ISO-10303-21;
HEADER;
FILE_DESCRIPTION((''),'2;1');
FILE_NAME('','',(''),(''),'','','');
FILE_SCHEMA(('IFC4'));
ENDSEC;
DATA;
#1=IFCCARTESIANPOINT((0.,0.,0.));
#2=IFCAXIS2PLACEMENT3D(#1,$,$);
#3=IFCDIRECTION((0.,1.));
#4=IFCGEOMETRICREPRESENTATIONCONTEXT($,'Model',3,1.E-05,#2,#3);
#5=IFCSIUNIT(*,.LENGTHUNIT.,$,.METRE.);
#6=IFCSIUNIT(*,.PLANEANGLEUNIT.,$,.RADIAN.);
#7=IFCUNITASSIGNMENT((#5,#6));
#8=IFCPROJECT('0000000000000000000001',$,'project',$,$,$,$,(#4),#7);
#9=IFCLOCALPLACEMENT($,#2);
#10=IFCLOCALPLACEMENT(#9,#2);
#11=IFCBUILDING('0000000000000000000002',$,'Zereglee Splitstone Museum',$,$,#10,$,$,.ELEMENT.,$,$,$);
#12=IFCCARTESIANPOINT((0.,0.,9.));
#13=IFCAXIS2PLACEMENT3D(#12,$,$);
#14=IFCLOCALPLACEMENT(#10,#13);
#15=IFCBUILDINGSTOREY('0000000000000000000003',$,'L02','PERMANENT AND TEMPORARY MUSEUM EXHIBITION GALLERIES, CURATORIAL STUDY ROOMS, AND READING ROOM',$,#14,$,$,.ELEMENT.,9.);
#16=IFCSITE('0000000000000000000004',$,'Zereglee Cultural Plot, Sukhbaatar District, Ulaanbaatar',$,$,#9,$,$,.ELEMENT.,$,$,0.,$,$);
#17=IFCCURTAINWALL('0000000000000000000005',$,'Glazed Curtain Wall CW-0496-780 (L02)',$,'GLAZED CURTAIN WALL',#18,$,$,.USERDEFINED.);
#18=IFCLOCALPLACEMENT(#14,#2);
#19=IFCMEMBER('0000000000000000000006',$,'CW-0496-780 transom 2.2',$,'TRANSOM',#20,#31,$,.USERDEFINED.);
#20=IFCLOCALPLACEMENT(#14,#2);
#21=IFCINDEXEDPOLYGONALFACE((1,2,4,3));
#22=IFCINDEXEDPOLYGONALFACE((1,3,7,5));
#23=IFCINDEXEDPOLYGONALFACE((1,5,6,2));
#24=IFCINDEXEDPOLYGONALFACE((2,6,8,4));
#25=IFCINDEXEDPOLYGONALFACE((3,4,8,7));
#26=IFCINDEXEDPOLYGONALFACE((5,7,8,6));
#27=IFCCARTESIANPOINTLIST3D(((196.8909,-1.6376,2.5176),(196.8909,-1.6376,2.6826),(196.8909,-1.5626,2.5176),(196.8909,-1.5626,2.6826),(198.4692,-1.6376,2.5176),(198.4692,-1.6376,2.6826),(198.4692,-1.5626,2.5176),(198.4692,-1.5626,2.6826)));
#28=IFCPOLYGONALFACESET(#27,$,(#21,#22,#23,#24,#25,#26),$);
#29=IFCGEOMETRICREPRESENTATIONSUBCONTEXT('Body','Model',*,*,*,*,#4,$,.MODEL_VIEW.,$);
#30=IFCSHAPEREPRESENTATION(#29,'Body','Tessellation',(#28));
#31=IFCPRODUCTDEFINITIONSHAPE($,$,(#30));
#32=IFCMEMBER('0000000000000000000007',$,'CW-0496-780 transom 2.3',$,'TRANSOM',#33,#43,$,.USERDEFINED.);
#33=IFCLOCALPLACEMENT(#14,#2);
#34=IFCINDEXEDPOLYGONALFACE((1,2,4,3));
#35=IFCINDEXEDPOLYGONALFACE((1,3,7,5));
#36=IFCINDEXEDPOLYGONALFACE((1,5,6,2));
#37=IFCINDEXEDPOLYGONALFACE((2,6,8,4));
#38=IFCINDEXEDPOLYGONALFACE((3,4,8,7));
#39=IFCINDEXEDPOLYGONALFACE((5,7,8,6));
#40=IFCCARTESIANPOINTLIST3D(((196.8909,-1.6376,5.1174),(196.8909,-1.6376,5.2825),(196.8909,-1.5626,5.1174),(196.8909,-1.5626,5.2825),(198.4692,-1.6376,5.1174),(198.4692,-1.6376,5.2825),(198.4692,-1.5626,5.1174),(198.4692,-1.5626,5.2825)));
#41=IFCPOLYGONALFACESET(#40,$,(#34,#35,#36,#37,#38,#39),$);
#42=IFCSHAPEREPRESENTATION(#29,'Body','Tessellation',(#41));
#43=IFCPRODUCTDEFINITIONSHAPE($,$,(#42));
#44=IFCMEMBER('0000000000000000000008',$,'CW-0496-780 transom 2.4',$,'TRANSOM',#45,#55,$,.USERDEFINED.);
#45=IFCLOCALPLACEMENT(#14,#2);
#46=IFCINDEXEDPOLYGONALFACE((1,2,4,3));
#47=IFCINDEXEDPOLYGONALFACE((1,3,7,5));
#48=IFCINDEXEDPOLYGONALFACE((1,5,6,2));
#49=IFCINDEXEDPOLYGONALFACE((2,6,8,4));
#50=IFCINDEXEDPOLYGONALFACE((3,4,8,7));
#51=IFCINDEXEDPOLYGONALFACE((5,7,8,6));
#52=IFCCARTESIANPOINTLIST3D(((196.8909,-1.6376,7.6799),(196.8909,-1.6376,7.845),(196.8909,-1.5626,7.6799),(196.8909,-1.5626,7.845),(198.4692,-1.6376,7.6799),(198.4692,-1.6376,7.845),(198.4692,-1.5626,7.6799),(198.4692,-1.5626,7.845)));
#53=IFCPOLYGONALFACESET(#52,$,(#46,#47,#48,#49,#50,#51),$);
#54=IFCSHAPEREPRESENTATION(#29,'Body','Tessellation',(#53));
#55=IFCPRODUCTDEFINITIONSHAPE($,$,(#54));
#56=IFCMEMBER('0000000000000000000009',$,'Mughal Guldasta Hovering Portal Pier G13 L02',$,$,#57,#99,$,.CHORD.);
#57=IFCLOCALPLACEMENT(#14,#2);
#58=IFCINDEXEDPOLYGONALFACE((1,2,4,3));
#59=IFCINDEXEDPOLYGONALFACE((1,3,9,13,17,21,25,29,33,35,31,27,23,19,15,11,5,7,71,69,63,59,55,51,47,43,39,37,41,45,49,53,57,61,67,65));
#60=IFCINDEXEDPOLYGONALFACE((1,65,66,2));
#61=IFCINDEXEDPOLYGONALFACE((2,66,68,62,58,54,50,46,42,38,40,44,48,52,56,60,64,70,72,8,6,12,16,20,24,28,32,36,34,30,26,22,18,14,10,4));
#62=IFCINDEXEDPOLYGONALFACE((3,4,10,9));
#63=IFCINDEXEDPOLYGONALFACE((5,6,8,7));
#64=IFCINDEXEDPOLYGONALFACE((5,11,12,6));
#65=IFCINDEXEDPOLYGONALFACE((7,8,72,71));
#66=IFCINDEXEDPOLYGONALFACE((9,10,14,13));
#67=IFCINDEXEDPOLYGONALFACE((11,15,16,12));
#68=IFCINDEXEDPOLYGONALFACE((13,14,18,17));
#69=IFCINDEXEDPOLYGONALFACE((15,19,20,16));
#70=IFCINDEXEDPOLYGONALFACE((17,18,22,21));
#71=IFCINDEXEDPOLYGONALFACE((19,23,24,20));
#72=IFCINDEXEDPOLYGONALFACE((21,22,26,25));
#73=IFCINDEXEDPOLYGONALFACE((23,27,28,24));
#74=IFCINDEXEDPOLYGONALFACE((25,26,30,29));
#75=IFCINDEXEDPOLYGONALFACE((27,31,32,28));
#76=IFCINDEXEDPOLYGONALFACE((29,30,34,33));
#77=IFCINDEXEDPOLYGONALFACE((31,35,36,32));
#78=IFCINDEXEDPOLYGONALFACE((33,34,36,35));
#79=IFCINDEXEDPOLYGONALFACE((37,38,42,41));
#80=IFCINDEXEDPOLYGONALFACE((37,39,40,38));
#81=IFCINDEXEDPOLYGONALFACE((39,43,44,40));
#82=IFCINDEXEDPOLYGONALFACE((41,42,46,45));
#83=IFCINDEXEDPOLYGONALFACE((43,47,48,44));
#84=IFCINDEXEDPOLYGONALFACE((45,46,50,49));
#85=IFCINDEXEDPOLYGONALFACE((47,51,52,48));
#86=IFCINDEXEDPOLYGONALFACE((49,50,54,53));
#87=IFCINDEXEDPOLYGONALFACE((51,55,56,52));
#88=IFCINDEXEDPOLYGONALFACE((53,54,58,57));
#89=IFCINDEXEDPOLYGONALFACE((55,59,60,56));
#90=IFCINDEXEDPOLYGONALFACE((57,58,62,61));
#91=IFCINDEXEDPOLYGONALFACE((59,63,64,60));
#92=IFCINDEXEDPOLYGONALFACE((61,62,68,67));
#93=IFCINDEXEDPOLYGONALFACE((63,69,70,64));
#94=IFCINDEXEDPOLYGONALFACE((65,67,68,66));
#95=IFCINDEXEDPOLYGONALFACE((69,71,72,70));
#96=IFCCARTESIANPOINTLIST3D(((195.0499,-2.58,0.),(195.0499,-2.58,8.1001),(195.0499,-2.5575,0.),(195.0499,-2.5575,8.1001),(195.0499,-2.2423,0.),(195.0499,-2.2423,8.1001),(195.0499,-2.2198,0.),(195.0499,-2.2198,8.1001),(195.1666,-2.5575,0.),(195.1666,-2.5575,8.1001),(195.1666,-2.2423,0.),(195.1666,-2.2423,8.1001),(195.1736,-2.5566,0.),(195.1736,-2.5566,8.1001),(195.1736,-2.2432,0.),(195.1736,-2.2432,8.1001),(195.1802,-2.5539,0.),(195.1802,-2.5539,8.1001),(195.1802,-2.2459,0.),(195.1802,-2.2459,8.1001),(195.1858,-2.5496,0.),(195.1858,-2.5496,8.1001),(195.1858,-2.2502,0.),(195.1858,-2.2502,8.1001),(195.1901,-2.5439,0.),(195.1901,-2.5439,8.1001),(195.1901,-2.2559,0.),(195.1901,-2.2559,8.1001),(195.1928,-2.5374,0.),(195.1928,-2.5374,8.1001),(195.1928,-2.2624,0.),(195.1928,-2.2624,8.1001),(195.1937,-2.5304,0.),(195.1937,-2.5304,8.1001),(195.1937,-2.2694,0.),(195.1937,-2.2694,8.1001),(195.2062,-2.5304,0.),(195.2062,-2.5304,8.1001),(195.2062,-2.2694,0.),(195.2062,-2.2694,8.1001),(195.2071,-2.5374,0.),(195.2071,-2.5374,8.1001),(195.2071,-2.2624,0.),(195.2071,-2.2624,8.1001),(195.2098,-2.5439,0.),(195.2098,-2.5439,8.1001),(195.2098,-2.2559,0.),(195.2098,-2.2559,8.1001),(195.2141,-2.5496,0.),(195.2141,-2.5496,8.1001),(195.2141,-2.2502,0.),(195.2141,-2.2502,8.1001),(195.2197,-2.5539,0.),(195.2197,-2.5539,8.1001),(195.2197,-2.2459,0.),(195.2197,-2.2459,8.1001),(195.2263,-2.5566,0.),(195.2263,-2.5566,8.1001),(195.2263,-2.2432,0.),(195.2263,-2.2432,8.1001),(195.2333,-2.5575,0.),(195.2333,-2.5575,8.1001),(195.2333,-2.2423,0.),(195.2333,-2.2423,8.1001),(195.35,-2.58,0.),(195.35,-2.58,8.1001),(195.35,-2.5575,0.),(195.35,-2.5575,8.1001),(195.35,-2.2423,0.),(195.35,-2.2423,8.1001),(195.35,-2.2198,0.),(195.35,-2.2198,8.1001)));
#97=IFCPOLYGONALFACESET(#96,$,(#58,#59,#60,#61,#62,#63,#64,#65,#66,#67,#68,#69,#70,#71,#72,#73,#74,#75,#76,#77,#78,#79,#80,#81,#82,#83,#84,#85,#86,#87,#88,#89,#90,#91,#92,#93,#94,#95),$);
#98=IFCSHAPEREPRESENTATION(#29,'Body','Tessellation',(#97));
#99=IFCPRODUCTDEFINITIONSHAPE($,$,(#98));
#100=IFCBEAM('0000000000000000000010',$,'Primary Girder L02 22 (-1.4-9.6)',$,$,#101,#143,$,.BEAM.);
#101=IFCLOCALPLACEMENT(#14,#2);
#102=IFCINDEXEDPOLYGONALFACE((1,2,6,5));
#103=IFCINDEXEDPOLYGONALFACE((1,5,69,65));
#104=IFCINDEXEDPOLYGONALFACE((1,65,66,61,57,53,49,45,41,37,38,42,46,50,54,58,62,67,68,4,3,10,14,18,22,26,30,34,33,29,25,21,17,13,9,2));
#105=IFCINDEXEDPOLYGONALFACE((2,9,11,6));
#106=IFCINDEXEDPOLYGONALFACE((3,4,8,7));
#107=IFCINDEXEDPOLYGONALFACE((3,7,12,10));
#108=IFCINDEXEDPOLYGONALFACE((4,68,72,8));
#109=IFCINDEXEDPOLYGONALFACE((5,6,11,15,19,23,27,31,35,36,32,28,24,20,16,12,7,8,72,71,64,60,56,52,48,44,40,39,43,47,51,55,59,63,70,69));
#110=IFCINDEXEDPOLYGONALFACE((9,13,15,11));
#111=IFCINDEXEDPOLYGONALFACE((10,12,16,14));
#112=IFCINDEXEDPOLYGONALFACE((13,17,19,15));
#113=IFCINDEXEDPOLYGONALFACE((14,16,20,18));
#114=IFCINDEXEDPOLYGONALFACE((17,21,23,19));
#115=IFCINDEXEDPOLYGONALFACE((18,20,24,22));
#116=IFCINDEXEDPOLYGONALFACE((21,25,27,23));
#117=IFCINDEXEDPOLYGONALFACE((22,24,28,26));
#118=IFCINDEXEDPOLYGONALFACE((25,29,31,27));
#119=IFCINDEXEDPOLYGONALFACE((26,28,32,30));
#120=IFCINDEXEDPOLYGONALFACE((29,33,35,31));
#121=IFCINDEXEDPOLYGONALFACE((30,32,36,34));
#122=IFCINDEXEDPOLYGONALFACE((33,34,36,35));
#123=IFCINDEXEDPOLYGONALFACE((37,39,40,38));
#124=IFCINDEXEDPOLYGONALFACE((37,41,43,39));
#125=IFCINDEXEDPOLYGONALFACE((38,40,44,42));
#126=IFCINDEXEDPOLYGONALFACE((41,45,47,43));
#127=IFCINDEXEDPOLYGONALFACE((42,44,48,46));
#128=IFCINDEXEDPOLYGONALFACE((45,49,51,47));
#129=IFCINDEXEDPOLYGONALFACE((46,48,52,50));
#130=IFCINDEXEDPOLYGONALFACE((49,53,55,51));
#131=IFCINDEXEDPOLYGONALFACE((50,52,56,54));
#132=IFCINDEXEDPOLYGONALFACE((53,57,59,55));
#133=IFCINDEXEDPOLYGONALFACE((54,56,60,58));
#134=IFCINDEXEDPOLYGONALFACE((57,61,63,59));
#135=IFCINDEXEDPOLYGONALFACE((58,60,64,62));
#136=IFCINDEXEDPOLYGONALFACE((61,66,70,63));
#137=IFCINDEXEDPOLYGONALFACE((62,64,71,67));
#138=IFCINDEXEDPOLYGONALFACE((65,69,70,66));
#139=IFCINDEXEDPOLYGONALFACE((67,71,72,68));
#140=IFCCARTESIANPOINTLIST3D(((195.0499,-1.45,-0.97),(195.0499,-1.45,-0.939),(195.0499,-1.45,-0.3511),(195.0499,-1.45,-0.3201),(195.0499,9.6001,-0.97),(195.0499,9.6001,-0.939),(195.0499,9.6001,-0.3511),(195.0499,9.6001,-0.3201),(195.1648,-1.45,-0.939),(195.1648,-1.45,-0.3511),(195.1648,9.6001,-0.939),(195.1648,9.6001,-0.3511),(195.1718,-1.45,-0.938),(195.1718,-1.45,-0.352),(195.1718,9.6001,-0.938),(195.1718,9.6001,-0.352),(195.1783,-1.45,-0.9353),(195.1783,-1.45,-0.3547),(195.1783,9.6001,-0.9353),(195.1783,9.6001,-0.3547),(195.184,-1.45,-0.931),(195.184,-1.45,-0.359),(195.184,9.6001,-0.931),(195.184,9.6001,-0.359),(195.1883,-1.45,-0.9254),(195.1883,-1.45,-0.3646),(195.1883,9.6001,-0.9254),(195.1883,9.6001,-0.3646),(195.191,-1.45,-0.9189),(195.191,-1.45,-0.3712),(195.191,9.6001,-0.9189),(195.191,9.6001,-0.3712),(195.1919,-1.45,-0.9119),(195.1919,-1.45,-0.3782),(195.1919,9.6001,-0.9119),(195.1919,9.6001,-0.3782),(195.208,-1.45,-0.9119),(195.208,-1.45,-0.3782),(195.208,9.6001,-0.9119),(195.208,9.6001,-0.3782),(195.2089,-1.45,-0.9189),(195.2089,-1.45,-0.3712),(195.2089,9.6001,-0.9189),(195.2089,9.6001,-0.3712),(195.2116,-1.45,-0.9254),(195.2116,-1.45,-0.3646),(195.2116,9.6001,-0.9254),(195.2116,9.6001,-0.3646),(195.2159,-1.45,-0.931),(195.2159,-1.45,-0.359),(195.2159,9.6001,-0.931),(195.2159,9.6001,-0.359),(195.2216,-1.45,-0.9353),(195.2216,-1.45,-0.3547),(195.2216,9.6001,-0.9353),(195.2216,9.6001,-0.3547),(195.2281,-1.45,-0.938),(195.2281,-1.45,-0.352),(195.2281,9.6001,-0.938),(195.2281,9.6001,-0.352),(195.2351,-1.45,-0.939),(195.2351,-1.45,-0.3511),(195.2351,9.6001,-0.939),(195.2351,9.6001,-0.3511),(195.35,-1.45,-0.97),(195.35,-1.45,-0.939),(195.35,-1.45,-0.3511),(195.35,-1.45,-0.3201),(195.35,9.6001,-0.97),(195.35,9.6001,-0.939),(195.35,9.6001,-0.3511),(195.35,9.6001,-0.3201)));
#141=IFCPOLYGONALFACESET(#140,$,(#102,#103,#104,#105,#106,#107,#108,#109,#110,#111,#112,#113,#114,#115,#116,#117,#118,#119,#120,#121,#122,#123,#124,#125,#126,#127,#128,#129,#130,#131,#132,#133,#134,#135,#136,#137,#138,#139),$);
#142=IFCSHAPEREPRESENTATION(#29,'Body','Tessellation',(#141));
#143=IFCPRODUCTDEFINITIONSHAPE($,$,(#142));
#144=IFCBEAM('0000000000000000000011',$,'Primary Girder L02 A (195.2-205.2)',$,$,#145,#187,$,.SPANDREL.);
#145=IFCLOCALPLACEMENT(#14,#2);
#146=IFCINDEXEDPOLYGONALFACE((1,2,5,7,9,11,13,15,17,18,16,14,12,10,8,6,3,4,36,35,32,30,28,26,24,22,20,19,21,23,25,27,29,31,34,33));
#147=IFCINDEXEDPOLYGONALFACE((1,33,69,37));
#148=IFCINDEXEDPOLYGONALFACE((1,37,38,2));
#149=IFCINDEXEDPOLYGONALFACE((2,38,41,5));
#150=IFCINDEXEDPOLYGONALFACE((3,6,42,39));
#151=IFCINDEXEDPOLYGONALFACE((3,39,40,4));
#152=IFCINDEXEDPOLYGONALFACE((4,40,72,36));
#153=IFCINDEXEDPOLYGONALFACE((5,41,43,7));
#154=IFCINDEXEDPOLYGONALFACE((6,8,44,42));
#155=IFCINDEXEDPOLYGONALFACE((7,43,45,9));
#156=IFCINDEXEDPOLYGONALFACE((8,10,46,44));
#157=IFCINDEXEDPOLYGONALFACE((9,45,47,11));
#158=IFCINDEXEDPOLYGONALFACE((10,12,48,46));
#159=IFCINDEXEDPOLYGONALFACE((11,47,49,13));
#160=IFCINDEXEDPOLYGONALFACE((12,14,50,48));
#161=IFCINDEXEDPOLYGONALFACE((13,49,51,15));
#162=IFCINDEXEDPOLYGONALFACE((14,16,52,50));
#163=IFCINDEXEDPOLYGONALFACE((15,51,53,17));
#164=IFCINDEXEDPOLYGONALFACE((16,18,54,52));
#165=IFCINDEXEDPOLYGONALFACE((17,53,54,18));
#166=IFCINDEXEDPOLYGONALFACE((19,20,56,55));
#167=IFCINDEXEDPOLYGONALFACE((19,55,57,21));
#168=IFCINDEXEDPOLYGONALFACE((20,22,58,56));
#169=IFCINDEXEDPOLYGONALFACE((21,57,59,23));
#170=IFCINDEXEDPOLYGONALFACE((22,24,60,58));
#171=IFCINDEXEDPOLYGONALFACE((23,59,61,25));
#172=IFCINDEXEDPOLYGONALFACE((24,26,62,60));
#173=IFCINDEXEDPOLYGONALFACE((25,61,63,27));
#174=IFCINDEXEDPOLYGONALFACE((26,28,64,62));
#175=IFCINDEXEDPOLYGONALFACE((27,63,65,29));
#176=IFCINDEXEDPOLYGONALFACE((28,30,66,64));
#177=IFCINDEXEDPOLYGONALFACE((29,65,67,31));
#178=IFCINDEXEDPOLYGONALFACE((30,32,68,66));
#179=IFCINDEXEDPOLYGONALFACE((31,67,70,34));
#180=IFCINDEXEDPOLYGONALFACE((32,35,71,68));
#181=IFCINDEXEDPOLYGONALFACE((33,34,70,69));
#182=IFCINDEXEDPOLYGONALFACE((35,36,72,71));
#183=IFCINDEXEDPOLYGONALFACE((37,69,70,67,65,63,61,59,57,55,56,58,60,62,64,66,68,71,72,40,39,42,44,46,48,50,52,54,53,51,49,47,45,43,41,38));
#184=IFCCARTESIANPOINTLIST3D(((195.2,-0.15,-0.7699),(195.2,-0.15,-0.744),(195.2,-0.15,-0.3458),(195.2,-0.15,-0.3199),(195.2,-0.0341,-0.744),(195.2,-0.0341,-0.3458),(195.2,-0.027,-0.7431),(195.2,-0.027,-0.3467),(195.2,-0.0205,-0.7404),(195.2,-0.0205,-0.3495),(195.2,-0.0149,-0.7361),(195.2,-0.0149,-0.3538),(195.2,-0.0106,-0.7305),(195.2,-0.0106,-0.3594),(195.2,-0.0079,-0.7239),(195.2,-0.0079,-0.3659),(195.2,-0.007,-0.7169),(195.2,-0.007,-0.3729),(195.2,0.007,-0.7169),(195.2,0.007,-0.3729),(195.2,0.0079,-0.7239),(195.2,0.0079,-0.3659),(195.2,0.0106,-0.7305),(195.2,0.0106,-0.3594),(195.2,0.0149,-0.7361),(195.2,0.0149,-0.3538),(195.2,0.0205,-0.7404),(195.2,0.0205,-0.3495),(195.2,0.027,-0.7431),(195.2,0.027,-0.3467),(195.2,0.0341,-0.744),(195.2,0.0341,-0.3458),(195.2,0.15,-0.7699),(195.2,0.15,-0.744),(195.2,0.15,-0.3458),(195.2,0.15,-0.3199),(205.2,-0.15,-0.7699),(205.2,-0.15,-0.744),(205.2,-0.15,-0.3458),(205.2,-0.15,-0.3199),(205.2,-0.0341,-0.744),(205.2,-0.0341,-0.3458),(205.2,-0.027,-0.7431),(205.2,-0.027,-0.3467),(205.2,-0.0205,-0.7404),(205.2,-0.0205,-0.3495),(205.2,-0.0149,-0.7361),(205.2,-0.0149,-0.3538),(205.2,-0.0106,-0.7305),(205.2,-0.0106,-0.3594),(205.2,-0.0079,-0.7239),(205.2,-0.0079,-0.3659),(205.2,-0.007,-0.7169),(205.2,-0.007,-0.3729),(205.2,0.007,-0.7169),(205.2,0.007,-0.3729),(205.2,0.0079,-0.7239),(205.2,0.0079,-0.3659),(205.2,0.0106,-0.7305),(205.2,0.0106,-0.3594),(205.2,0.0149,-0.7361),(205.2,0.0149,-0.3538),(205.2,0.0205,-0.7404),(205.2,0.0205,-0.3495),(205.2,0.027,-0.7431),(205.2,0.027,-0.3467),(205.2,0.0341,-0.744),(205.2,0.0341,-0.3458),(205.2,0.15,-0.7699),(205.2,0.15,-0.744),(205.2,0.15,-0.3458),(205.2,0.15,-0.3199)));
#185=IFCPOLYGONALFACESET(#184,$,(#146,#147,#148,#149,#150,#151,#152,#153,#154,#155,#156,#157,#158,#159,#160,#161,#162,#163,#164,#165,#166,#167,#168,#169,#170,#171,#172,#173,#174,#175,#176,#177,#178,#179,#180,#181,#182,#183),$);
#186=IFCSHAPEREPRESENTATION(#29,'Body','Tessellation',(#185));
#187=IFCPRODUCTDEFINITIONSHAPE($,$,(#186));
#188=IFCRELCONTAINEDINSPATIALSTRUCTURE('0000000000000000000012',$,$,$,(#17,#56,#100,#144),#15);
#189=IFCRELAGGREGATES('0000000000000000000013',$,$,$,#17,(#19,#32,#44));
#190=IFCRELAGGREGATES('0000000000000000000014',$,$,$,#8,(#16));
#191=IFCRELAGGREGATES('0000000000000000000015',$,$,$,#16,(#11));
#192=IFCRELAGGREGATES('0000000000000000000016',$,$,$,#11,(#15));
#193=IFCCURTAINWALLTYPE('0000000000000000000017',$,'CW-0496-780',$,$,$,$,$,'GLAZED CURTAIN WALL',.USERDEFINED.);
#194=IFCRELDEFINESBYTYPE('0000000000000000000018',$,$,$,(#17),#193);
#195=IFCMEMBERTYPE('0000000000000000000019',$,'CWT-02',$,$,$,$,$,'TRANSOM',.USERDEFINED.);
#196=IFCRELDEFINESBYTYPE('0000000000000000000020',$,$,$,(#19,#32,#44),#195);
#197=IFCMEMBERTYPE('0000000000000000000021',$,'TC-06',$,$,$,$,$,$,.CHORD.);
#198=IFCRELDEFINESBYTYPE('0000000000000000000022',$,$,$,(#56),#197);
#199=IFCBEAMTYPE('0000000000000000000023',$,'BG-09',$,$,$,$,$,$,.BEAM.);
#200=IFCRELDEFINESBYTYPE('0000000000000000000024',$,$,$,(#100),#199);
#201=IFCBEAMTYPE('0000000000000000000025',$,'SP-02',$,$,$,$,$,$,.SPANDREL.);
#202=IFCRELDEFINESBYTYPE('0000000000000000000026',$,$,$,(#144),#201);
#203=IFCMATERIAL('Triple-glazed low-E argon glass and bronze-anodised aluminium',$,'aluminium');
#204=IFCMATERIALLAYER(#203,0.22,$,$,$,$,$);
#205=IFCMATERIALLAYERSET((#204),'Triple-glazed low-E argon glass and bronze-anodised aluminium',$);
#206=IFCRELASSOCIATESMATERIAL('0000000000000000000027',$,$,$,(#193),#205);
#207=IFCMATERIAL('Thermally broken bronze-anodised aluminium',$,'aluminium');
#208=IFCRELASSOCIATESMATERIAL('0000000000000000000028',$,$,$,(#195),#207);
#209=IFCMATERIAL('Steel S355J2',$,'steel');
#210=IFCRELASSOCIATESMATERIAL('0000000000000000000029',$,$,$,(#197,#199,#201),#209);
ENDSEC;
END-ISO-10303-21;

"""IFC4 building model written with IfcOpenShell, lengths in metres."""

from ifc_helpers import new_model, si_unit, direction, frame, origin, origin_2d, place, context, subcontext, project, spatial, rectangle, i_section, extrude, material, layer, layer_set, material_profile, profile_set, type_object, element, aggregate, save


model = new_model("IFC4")

# Units and contexts
model_context = context("Model", 3, precision=1e-05, world=origin(), true_north=direction((0.0, 1.0)))
body_context = subcontext(model_context, "Body", "Model", "MODEL_VIEW")
ifc_project = project(units=[si_unit("LENGTHUNIT", "METRE"), si_unit("PLANEANGLEUNIT", "RADIAN")], contexts=[model_context])

# Site, building, storey
site_placement = place(None, origin())
site = spatial("IfcSite", under=ifc_project, at=site_placement, Name="Zereglee Cultural Plot, Sukhbaatar District, Ulaanbaatar", CompositionType="ELEMENT", RefElevation=0.0)
building_placement = place(site_placement, origin())
building = spatial("IfcBuilding", under=site, at=building_placement, Name="Zereglee Splitstone Museum", CompositionType="ELEMENT")
storey_placement = place(building_placement, frame((0.0, 0.0, 9.0)))
storey = spatial("IfcBuildingStorey", under=building, at=storey_placement, Name="L02", Description="PERMANENT AND TEMPORARY MUSEUM EXHIBITION GALLERIES, CURATORIAL STUDY ROOMS, AND READING ROOM", CompositionType="ELEMENT", Elevation=9.0)

# Shared definitions
ifc_material_1 = material(Name="Steel S355J2", Category="steel")

# Curtain wall, members
ifc_material_2 = material(Name="Triple-glazed low-E argon glass and bronze-anodised aluminium", Category="aluminium")
ifc_layer_1 = layer(ifc_material_2, 0.22)
ifc_layer_set_1 = layer_set([ifc_layer_1], Name="Triple-glazed low-E argon glass and bronze-anodised aluminium")
curtain_wall_type = type_object("IfcCurtainWallType", Name="CW-0496-780", ElementType="GLAZED CURTAIN WALL", PredefinedType="USERDEFINED", material=ifc_layer_set_1)
curtain_wall_placement = place(storey_placement, origin())
curtain_wall = element("IfcCurtainWall", 1, at=curtain_wall_placement, inside=storey, type_object=curtain_wall_type, Name="Glazed Curtain Wall CW-0496-780 (L02)", ObjectType="GLAZED CURTAIN WALL", PredefinedType="USERDEFINED")
ifc_material_3 = material(Name="Thermally broken bronze-anodised aluminium", Category="aluminium")
ifc_material_profile_1 = material_profile(ifc_material_3, rectangle(XDim=0.075, YDim=0.165, at=origin_2d()), Name="CW TRAN 75x165")
ifc_profile_set_1 = profile_set([ifc_material_profile_1], Name="Thermally broken bronze-anodised aluminium")
member_type_1 = type_object("IfcMemberType", Name="CWT-02", ElementType="TRANSOM", PredefinedType="USERDEFINED", material=ifc_profile_set_1)
member_1_placement = place(storey_placement, frame((196.8909, -1.6001, 2.6001), z_axis=(1.0, 0.0, 0.0), x_axis=(0.0, 1.0, 0.0)))
member_1 = element("IfcMember", 2, at=member_1_placement, type_object=member_type_1, Name="CW-0496-780 transom 2.2", ObjectType="TRANSOM", PredefinedType="USERDEFINED", context=body_context, shape_type="SweptSolid", body=[
    extrude(rectangle(XDim=0.075, YDim=0.165, at=origin_2d()), origin(), (0.0, 0.0, 1.0), 1.5784),
])
member_2_placement = place(storey_placement, frame((196.8909, -1.6001, 5.2), z_axis=(1.0, 0.0, 0.0), x_axis=(0.0, 1.0, 0.0)))
member_2 = element("IfcMember", 3, at=member_2_placement, type_object=member_type_1, Name="CW-0496-780 transom 2.3", ObjectType="TRANSOM", PredefinedType="USERDEFINED", context=body_context, shape_type="SweptSolid", body=[
    extrude(rectangle(XDim=0.075, YDim=0.165, at=origin_2d()), origin(), (0.0, 0.0, 1.0), 1.5784),
])
member_3_placement = place(storey_placement, frame((196.8909, -1.6001, 7.7625), z_axis=(1.0, 0.0, 0.0), x_axis=(0.0, 1.0, 0.0)))
member_3 = element("IfcMember", 4, at=member_3_placement, type_object=member_type_1, Name="CW-0496-780 transom 2.4", ObjectType="TRANSOM", PredefinedType="USERDEFINED", context=body_context, shape_type="SweptSolid", body=[
    extrude(rectangle(XDim=0.075, YDim=0.165, at=origin_2d()), origin(), (0.0, 0.0, 1.0), 1.5784),
])

# Member
ifc_material_profile_2 = material_profile(ifc_material_1, i_section(OverallWidth=0.3, OverallDepth=0.3601, WebThickness=0.0125, FlangeThickness=0.0225, FilletRadius=0.0271, at=origin_2d()), Name="HE 360 B")
ifc_profile_set_2 = profile_set([ifc_material_profile_2], Name="Steel S355J2")
member_type_2 = type_object("IfcMemberType", Name="TC-06", PredefinedType="CHORD", material=ifc_profile_set_2)
member_4_placement = place(storey_placement, frame((195.2, -2.3999, 0.0), z_axis=(0.0, 0.0, 1.0), x_axis=(1.0, 0.0, 0.0)))
element("IfcMember", 5, at=member_4_placement, inside=storey, type_object=member_type_2, Name="Mughal Guldasta Hovering Portal Pier G13 L02", PredefinedType="CHORD", context=body_context, shape_type="SweptSolid", body=[
    extrude(i_section(OverallWidth=0.3, OverallDepth=0.3601, WebThickness=0.0125, FlangeThickness=0.0225, FilletRadius=0.0271, at=origin_2d()), origin(), (0.0, 0.0, 1.0), 8.1001),
])

# Beams
ifc_material_profile_3 = material_profile(ifc_material_1, i_section(OverallWidth=0.3, OverallDepth=0.6499, WebThickness=0.0161, FlangeThickness=0.031, FilletRadius=0.0271, at=origin_2d()), Name="HE 650 B")
ifc_profile_set_3 = profile_set([ifc_material_profile_3], Name="Steel S355J2")
beam_type_1 = type_object("IfcBeamType", Name="BG-09", PredefinedType="BEAM", material=ifc_profile_set_3)
beam_placement = place(storey_placement, frame((195.2, -1.45, -0.645), z_axis=(0.0, 1.0, 0.0), x_axis=(-1.0, 0.0, 0.0)))
element("IfcBeam", 6, at=beam_placement, inside=storey, type_object=beam_type_1, Name="Primary Girder L02 22 (-1.4-9.6)", PredefinedType="BEAM", context=body_context, shape_type="SweptSolid", body=[
    extrude(i_section(OverallWidth=0.3, OverallDepth=0.6499, WebThickness=0.0161, FlangeThickness=0.031, FilletRadius=0.0271, at=origin_2d()), origin(), (0.0, 0.0, 1.0), 11.05),
])
ifc_material_profile_4 = material_profile(ifc_material_1, i_section(OverallWidth=0.3, OverallDepth=0.45, WebThickness=0.0139, FlangeThickness=0.0259, FilletRadius=0.0271, at=origin_2d()), Name="HE 450 B")
ifc_profile_set_4 = profile_set([ifc_material_profile_4], Name="Steel S355J2")
beam_type_2 = type_object("IfcBeamType", Name="SP-02", PredefinedType="SPANDREL", material=ifc_profile_set_4)
for number, where, z_axis, x_axis, name in (
    (7, (195.2, 0.0, -0.5449), (1.0, 0.0, 0.0), (0.0, 1.0, 0.0), "Primary Girder L02 A (195.2-205.2)"),
):
    element("IfcBeam", number, at=place(storey_placement, frame(where, z_axis=z_axis, x_axis=x_axis)), inside=storey, type_object=beam_type_2, Name=name, PredefinedType="SPANDREL", context=body_context, shape_type="SweptSolid", body=[
        extrude(i_section(OverallWidth=0.3, OverallDepth=0.45, WebThickness=0.0139, FlangeThickness=0.0259, FilletRadius=0.0271, at=origin_2d()), origin(), (0.0, 0.0, 1.0), 10.0),
    ])

aggregate(curtain_wall, [member_1, member_2, member_3])

save(model, "model.ifc")
